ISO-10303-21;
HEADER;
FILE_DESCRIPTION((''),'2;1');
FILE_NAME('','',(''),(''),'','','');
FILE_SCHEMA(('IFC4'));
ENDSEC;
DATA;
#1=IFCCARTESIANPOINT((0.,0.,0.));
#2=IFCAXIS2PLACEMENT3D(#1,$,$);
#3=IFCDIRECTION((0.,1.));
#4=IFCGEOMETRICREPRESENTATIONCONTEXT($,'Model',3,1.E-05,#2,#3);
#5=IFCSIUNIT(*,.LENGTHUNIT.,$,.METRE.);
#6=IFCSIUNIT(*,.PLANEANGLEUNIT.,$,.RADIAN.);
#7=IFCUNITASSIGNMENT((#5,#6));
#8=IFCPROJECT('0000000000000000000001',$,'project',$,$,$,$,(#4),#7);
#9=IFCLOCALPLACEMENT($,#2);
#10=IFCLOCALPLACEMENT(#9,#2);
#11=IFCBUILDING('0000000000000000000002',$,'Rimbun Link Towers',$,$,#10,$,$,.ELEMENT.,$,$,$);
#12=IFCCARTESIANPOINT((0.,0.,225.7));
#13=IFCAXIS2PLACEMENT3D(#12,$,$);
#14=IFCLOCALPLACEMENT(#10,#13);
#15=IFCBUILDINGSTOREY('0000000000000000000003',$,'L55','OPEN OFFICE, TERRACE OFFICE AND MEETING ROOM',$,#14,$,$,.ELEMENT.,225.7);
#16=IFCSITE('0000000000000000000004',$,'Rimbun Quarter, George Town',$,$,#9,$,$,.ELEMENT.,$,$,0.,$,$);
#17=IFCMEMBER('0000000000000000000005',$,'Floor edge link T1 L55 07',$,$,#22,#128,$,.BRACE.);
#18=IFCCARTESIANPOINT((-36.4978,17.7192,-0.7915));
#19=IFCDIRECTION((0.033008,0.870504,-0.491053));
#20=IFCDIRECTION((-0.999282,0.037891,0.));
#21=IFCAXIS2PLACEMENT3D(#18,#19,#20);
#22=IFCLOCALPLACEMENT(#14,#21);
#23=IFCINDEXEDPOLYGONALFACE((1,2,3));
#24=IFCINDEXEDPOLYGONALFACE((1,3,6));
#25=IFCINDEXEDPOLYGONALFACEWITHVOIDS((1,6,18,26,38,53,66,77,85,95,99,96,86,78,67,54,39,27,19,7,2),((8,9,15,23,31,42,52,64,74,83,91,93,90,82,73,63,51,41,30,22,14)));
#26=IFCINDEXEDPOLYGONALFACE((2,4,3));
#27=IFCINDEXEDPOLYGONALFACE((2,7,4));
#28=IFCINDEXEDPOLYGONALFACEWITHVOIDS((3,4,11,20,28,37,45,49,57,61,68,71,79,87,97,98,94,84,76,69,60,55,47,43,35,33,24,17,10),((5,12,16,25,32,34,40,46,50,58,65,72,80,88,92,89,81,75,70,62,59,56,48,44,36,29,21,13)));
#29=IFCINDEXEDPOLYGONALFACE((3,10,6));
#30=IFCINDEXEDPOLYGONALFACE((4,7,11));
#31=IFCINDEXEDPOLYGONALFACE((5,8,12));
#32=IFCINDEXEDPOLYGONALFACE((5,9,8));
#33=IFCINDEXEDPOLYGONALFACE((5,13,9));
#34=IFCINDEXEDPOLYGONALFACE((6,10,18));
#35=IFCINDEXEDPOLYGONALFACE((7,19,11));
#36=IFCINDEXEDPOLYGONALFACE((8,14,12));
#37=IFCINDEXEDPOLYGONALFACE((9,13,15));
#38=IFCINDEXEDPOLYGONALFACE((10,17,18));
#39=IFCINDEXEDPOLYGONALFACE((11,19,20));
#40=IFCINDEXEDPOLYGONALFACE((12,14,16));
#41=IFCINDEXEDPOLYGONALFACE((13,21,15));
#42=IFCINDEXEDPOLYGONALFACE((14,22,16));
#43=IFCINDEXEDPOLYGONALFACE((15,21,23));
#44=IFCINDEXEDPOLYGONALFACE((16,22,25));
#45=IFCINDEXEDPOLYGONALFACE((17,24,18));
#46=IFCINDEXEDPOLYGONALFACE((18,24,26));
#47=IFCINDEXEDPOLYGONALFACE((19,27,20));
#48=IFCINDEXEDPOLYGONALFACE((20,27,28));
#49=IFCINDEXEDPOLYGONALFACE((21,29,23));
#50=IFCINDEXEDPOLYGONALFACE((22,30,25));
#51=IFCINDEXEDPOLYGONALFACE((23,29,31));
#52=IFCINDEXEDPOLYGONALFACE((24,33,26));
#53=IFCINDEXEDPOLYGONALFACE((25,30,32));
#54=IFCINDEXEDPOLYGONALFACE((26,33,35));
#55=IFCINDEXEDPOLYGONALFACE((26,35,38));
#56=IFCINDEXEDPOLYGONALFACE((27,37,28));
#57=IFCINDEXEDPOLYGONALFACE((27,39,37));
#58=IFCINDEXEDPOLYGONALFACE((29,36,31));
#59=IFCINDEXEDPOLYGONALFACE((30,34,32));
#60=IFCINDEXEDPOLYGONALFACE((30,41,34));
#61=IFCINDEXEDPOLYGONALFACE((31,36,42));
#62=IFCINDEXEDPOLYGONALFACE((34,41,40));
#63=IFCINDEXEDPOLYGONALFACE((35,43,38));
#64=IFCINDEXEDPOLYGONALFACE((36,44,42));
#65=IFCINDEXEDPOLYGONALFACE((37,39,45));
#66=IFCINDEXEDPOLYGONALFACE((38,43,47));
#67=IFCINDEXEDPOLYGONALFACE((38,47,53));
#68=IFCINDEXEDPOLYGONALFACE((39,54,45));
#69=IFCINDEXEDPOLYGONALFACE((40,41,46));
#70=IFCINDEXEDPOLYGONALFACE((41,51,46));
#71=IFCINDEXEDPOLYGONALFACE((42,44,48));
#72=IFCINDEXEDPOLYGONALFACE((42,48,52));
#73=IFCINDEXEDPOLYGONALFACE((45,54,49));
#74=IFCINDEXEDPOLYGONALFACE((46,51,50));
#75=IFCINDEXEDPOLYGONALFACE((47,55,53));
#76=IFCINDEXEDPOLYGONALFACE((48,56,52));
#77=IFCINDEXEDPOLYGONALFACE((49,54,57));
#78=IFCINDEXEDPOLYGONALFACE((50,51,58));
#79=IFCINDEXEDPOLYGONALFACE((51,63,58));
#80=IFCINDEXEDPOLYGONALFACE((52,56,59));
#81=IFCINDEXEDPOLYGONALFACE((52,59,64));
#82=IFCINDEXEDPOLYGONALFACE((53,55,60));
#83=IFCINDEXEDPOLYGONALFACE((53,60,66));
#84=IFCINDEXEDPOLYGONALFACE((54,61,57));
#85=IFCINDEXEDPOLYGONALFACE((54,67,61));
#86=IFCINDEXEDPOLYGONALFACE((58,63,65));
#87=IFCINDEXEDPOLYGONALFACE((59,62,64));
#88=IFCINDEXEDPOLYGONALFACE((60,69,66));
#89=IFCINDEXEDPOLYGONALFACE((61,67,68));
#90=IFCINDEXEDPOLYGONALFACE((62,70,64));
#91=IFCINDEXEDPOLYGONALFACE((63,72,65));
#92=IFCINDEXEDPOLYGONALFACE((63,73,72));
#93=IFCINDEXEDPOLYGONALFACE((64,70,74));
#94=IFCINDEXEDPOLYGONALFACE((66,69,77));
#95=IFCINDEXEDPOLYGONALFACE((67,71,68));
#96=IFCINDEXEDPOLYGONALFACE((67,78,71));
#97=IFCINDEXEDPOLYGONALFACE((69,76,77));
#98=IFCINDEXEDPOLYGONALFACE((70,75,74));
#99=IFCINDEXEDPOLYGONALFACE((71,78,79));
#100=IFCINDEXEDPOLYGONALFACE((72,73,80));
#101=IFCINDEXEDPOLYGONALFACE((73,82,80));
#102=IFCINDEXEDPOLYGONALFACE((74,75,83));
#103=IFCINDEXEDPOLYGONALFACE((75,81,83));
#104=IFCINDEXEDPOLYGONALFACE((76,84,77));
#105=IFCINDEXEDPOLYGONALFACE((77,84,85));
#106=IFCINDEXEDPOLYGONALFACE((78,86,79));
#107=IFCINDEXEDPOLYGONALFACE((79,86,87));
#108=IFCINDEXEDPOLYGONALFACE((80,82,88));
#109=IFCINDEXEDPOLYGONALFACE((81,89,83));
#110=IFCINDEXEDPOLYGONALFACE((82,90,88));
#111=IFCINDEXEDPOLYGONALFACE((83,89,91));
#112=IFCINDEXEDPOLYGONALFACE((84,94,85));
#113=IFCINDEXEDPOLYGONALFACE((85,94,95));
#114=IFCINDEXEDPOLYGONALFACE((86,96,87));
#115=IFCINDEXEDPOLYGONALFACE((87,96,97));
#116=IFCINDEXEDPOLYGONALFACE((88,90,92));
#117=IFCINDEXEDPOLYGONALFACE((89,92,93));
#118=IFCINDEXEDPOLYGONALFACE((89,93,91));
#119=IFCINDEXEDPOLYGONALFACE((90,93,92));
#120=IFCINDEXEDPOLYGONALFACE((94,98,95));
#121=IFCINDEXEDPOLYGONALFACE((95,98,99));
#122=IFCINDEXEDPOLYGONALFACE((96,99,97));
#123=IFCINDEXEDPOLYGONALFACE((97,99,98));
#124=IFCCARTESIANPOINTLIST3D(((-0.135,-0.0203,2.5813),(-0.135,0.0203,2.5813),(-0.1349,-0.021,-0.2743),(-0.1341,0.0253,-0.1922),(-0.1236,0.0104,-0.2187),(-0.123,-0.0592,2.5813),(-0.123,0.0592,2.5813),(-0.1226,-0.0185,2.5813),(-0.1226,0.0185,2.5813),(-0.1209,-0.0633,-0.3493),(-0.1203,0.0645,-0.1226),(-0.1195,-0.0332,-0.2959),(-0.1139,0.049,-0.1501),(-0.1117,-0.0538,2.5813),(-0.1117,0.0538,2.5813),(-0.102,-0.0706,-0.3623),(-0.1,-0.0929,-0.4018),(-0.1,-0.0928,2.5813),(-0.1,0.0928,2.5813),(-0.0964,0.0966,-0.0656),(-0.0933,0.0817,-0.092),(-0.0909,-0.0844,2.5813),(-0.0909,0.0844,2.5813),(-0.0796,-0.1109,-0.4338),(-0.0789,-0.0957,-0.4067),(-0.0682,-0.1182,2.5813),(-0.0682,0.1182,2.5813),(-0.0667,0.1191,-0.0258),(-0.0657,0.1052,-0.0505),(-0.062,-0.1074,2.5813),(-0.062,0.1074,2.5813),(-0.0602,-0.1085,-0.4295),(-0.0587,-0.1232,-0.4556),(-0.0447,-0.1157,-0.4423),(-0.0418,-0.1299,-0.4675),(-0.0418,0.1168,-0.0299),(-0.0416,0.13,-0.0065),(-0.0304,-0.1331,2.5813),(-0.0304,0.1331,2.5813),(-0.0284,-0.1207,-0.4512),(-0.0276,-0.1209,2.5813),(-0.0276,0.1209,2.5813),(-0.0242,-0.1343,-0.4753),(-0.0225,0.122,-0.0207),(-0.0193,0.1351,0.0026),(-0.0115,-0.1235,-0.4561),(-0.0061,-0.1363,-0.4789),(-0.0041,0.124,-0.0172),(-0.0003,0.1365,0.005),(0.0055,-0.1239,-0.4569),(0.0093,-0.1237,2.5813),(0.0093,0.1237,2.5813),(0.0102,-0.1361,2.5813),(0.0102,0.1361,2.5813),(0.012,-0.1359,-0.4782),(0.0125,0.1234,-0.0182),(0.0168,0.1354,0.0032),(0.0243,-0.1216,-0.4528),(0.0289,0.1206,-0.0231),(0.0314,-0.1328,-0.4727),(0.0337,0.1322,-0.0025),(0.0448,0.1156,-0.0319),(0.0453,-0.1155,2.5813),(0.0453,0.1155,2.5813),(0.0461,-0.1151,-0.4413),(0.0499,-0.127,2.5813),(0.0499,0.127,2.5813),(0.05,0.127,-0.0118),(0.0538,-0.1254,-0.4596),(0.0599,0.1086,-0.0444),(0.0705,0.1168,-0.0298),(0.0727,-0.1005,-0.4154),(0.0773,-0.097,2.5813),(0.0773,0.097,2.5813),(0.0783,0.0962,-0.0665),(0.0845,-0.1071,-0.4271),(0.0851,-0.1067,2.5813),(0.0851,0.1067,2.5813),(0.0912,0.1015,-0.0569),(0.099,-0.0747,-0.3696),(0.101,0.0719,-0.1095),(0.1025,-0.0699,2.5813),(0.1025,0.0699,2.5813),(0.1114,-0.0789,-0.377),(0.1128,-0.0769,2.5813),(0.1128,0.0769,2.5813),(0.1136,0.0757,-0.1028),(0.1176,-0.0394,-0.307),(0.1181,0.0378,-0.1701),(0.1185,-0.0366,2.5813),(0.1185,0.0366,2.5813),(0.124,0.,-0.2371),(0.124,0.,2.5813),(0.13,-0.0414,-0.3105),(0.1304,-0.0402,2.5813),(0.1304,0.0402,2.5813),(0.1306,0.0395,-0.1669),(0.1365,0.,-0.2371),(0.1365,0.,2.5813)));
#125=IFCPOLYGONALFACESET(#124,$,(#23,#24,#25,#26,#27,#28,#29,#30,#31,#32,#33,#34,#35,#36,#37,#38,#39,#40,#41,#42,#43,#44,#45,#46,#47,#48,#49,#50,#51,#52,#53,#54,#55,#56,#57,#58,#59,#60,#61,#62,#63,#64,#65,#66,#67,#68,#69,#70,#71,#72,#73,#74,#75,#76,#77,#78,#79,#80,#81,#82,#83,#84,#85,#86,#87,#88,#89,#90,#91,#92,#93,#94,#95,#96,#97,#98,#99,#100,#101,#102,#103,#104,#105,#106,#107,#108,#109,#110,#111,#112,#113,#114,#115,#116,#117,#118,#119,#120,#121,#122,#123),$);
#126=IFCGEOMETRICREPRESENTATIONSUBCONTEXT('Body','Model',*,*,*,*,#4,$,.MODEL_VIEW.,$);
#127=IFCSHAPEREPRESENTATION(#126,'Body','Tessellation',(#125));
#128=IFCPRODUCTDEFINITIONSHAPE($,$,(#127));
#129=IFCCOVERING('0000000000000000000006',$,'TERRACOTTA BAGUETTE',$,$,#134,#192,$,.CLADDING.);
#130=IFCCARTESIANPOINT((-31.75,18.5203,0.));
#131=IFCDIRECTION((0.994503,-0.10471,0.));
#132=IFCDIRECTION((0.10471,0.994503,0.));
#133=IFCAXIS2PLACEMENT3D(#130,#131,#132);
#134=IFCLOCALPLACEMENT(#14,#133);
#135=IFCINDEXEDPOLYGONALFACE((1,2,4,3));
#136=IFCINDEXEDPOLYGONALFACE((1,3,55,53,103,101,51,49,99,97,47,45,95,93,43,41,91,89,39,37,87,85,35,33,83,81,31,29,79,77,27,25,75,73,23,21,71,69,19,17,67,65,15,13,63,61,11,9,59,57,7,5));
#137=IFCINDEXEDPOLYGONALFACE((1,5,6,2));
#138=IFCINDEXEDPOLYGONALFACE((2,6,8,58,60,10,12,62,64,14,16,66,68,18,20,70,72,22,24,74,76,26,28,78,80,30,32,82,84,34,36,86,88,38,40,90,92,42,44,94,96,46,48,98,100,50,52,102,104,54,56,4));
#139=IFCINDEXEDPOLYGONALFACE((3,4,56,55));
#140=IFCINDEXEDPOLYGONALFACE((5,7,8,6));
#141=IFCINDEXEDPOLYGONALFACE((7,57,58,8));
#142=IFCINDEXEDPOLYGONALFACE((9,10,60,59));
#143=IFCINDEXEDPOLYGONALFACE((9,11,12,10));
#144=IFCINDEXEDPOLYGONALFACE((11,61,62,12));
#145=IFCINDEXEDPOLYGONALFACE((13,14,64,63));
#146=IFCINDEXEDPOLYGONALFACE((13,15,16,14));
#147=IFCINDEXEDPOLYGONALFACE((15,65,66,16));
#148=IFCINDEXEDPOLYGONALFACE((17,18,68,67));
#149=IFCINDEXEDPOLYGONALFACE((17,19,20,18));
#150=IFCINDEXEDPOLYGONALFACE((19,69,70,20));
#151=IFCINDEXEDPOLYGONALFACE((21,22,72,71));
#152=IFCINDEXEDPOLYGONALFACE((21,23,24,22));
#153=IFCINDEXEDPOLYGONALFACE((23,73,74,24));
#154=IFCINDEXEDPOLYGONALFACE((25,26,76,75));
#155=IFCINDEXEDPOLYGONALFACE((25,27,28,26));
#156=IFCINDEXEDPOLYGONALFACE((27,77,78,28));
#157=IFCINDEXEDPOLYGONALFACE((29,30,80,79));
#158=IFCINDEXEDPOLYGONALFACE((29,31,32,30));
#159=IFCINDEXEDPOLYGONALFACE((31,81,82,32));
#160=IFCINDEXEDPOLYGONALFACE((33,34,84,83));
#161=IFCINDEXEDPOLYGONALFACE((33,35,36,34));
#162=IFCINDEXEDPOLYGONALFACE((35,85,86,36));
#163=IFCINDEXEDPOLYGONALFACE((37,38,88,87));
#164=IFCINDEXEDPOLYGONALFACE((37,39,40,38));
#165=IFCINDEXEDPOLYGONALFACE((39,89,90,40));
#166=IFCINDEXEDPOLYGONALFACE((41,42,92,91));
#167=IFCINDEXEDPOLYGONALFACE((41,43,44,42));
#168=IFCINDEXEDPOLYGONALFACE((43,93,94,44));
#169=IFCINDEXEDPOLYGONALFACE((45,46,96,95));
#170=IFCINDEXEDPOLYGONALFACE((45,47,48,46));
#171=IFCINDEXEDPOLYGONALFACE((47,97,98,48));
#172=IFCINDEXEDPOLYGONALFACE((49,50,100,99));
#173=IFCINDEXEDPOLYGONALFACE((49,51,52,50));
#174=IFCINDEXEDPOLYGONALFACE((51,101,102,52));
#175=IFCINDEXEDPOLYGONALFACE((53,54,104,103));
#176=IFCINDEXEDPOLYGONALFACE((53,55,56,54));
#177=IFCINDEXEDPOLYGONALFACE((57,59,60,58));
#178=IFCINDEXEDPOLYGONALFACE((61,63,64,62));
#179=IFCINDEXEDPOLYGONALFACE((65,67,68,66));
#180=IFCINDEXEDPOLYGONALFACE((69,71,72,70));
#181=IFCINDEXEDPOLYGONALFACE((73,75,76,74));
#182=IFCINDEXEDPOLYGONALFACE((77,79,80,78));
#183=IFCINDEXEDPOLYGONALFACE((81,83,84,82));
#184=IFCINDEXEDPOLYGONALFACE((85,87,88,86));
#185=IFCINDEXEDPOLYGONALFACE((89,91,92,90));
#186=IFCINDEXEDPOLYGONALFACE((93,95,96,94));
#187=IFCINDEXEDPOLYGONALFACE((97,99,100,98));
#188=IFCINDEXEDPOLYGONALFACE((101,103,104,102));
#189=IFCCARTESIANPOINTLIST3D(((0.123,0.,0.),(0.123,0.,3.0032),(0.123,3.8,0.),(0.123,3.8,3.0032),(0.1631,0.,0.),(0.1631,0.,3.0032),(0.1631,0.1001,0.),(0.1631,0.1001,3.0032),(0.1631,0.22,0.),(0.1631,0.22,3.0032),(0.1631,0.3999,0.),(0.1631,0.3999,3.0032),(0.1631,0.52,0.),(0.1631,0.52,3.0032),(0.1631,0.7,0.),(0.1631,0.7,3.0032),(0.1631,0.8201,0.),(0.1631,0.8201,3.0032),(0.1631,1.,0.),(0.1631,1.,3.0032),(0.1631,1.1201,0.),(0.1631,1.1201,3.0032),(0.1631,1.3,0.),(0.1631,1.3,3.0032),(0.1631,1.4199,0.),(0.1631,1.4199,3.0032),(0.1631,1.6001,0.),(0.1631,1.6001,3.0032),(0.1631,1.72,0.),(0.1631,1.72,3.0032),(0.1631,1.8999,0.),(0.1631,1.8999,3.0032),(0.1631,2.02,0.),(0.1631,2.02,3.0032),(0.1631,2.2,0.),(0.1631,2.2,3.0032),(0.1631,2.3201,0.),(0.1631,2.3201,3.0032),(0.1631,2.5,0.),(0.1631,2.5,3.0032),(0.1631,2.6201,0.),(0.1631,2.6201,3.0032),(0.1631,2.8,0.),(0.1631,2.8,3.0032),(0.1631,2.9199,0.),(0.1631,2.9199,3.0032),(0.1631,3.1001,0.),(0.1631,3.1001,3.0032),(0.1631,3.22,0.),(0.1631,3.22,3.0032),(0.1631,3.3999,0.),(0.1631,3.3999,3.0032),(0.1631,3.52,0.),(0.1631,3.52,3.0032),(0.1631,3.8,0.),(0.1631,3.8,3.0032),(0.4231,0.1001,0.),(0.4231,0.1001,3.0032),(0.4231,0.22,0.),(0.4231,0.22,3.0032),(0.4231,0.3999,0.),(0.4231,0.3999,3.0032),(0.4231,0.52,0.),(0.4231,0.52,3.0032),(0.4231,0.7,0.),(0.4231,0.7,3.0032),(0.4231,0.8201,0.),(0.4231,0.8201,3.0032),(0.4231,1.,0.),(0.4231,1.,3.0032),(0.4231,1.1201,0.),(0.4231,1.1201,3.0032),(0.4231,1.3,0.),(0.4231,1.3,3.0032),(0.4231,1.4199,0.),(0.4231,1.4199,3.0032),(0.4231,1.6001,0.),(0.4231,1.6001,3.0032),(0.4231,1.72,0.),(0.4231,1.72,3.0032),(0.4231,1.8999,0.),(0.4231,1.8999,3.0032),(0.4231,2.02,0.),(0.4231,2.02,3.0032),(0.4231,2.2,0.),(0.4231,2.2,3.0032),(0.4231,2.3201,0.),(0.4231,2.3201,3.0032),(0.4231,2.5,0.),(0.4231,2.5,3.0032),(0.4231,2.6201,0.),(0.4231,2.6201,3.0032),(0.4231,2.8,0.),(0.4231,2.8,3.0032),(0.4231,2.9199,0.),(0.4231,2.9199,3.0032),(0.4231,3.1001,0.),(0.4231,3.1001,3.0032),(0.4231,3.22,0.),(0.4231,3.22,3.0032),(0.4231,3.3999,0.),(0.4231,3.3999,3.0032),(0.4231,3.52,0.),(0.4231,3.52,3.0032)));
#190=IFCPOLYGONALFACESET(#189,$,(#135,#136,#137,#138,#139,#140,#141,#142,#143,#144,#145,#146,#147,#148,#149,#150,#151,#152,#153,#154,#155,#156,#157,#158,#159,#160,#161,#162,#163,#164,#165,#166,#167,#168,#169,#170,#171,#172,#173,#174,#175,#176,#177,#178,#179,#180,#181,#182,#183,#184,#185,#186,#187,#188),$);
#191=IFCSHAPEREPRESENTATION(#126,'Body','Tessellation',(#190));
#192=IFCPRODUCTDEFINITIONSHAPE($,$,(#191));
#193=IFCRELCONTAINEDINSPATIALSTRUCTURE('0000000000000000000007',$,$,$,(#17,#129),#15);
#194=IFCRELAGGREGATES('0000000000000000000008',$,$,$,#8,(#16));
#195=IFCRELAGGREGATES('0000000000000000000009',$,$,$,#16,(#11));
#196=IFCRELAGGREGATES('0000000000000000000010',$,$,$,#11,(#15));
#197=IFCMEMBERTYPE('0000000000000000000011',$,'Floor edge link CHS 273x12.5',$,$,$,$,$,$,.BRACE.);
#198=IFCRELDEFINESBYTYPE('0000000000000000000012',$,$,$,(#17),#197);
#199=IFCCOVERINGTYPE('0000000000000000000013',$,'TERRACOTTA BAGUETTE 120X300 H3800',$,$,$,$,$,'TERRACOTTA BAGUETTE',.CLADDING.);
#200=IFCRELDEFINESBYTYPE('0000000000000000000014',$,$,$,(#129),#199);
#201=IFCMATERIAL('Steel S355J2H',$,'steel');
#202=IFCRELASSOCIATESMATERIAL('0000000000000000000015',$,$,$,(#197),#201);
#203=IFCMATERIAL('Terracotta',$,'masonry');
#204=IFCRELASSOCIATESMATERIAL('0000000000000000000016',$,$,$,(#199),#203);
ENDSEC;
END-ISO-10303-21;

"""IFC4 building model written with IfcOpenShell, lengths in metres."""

from ifc_helpers import new_model, si_unit, direction, frame, origin, origin_2d, place, context, subcontext, project, spatial, polyline, hollow_circle, outline, extrude, clip, halfspace, material, material_profile, profile_set, type_object, element, save


model = new_model("IFC4")

# Units and contexts
model_context = context("Model", 3, precision=1e-05, world=origin(), true_north=direction((0.0, 1.0)))
body_context = subcontext(model_context, "Body", "Model", "MODEL_VIEW")
ifc_project = project(units=[si_unit("LENGTHUNIT", "METRE"), si_unit("PLANEANGLEUNIT", "RADIAN")], contexts=[model_context])

# Site, building, storey
site_placement = place(None, origin())
site = spatial("IfcSite", under=ifc_project, at=site_placement, Name="Rimbun Quarter, George Town", CompositionType="ELEMENT", RefElevation=0.0)
building_placement = place(site_placement, origin())
building = spatial("IfcBuilding", under=site, at=building_placement, Name="Rimbun Link Towers", CompositionType="ELEMENT")
storey_placement = place(building_placement, frame((0.0, 0.0, 225.7)))
storey = spatial("IfcBuildingStorey", under=building, at=storey_placement, Name="L55", Description="OPEN OFFICE, TERRACE OFFICE AND MEETING ROOM", CompositionType="ELEMENT", Elevation=225.7)

# Member
ifc_material_1 = material(Name="Steel S355J2H", Category="steel")
ifc_material_profile_1 = material_profile(ifc_material_1, hollow_circle(Radius=0.1365, WallThickness=0.0125, at=origin_2d()), Name="CHS 273x12.5")
ifc_profile_set_1 = profile_set([ifc_material_profile_1], Name="Steel S355J2H")
member_type_1 = type_object("IfcMemberType", Name="Floor edge link CHS 273x12.5", PredefinedType="BRACE", material=ifc_profile_set_1)
member_1_placement = place(storey_placement, frame((-36.4978, 17.7192, -0.7915), z_axis=(0.033008, 0.870504, -0.491053), x_axis=(-0.999282, 0.037891, 0.0)))
element("IfcMember", 1, at=member_1_placement, inside=storey, type_object=member_type_1, Name="Floor edge link T1 L55 07", PredefinedType="BRACE", context=body_context, shape_type="Clipping", body=[
    clip(extrude(hollow_circle(Radius=0.1365, WallThickness=0.0125, at=origin_2d()), frame((0.0, 0.0, -0.5046)), (0.0, 0.0, 1.0), 3.0859), halfspace(frame((0.0, 0.0, -0.2371), z_axis=(0.0, 0.871129, -0.491053)), False)),
])

# Covering
ifc_material_2 = material(Name="Terracotta", Category="masonry")
ifc_material_profile_2 = material_profile(ifc_material_2, outline(polyline([(0.123, 0.0), (0.1631, 0.0), (0.1631, 0.1001), (0.4231, 0.1001), (0.4231, 0.22), (0.1631, 0.22), (0.1631, 0.3999), (0.4231, 0.3999), (0.4231, 0.52), (0.1631, 0.52), (0.1631, 0.7), (0.4231, 0.7), (0.4231, 0.8201), (0.1631, 0.8201), (0.1631, 1.0), (0.4231, 1.0), (0.4231, 1.1201), (0.1631, 1.1201), (0.1631, 1.3), (0.4231, 1.3), (0.4231, 1.4199), (0.1631, 1.4199), (0.1631, 1.6001), (0.4231, 1.6001), (0.4231, 1.72), (0.1631, 1.72), (0.1631, 1.8999), (0.4231, 1.8999), (0.4231, 2.02), (0.1631, 2.02), (0.1631, 2.2), (0.4231, 2.2), (0.4231, 2.3201), (0.1631, 2.3201), (0.1631, 2.5), (0.4231, 2.5), (0.4231, 2.6201), (0.1631, 2.6201), (0.1631, 2.8), (0.4231, 2.8), (0.4231, 2.9199), (0.1631, 2.9199), (0.1631, 3.1001), (0.4231, 3.1001), (0.4231, 3.22), (0.1631, 3.22), (0.1631, 3.3999), (0.4231, 3.3999), (0.4231, 3.52), (0.1631, 3.52), (0.1631, 3.8), (0.123, 3.8), (0.123, 0.0)])), Name="BAGUETTE 120X300")
ifc_profile_set_2 = profile_set([ifc_material_profile_2], Name="Terracotta")
covering_type = type_object("IfcCoveringType", Name="TERRACOTTA BAGUETTE 120X300 H3800", ElementType="TERRACOTTA BAGUETTE", PredefinedType="CLADDING", material=ifc_profile_set_2)
for number, where, z_axis, x_axis, name in (
    (2, (-31.75, 18.5203, 0.0), (0.994503, -0.10471, 0.0), (0.10471, 0.994503, 0.0), "TERRACOTTA BAGUETTE"),
):
    element("IfcCovering", number, at=place(storey_placement, frame(where, z_axis=z_axis, x_axis=x_axis)), inside=storey, type_object=covering_type, Name=name, PredefinedType="CLADDING", context=body_context, shape_type="SweptSolid", body=[
        extrude(outline(polyline([(0.123, 0.0), (0.1631, 0.0), (0.1631, 0.1001), (0.4231, 0.1001), (0.4231, 0.22), (0.1631, 0.22), (0.1631, 0.3999), (0.4231, 0.3999), (0.4231, 0.52), (0.1631, 0.52), (0.1631, 0.7), (0.4231, 0.7), (0.4231, 0.8201), (0.1631, 0.8201), (0.1631, 1.0), (0.4231, 1.0), (0.4231, 1.1201), (0.1631, 1.1201), (0.1631, 1.3), (0.4231, 1.3), (0.4231, 1.4199), (0.1631, 1.4199), (0.1631, 1.6001), (0.4231, 1.6001), (0.4231, 1.72), (0.1631, 1.72), (0.1631, 1.8999), (0.4231, 1.8999), (0.4231, 2.02), (0.1631, 2.02), (0.1631, 2.2), (0.4231, 2.2), (0.4231, 2.3201), (0.1631, 2.3201), (0.1631, 2.5), (0.4231, 2.5), (0.4231, 2.6201), (0.1631, 2.6201), (0.1631, 2.8), (0.4231, 2.8), (0.4231, 2.9199), (0.1631, 2.9199), (0.1631, 3.1001), (0.4231, 3.1001), (0.4231, 3.22), (0.1631, 3.22), (0.1631, 3.3999), (0.4231, 3.3999), (0.4231, 3.52), (0.1631, 3.52), (0.1631, 3.8), (0.123, 3.8), (0.123, 0.0)])), origin(), (0.0, 0.0, 1.0), 3.0032),
    ])

save(model, "model.ifc")
